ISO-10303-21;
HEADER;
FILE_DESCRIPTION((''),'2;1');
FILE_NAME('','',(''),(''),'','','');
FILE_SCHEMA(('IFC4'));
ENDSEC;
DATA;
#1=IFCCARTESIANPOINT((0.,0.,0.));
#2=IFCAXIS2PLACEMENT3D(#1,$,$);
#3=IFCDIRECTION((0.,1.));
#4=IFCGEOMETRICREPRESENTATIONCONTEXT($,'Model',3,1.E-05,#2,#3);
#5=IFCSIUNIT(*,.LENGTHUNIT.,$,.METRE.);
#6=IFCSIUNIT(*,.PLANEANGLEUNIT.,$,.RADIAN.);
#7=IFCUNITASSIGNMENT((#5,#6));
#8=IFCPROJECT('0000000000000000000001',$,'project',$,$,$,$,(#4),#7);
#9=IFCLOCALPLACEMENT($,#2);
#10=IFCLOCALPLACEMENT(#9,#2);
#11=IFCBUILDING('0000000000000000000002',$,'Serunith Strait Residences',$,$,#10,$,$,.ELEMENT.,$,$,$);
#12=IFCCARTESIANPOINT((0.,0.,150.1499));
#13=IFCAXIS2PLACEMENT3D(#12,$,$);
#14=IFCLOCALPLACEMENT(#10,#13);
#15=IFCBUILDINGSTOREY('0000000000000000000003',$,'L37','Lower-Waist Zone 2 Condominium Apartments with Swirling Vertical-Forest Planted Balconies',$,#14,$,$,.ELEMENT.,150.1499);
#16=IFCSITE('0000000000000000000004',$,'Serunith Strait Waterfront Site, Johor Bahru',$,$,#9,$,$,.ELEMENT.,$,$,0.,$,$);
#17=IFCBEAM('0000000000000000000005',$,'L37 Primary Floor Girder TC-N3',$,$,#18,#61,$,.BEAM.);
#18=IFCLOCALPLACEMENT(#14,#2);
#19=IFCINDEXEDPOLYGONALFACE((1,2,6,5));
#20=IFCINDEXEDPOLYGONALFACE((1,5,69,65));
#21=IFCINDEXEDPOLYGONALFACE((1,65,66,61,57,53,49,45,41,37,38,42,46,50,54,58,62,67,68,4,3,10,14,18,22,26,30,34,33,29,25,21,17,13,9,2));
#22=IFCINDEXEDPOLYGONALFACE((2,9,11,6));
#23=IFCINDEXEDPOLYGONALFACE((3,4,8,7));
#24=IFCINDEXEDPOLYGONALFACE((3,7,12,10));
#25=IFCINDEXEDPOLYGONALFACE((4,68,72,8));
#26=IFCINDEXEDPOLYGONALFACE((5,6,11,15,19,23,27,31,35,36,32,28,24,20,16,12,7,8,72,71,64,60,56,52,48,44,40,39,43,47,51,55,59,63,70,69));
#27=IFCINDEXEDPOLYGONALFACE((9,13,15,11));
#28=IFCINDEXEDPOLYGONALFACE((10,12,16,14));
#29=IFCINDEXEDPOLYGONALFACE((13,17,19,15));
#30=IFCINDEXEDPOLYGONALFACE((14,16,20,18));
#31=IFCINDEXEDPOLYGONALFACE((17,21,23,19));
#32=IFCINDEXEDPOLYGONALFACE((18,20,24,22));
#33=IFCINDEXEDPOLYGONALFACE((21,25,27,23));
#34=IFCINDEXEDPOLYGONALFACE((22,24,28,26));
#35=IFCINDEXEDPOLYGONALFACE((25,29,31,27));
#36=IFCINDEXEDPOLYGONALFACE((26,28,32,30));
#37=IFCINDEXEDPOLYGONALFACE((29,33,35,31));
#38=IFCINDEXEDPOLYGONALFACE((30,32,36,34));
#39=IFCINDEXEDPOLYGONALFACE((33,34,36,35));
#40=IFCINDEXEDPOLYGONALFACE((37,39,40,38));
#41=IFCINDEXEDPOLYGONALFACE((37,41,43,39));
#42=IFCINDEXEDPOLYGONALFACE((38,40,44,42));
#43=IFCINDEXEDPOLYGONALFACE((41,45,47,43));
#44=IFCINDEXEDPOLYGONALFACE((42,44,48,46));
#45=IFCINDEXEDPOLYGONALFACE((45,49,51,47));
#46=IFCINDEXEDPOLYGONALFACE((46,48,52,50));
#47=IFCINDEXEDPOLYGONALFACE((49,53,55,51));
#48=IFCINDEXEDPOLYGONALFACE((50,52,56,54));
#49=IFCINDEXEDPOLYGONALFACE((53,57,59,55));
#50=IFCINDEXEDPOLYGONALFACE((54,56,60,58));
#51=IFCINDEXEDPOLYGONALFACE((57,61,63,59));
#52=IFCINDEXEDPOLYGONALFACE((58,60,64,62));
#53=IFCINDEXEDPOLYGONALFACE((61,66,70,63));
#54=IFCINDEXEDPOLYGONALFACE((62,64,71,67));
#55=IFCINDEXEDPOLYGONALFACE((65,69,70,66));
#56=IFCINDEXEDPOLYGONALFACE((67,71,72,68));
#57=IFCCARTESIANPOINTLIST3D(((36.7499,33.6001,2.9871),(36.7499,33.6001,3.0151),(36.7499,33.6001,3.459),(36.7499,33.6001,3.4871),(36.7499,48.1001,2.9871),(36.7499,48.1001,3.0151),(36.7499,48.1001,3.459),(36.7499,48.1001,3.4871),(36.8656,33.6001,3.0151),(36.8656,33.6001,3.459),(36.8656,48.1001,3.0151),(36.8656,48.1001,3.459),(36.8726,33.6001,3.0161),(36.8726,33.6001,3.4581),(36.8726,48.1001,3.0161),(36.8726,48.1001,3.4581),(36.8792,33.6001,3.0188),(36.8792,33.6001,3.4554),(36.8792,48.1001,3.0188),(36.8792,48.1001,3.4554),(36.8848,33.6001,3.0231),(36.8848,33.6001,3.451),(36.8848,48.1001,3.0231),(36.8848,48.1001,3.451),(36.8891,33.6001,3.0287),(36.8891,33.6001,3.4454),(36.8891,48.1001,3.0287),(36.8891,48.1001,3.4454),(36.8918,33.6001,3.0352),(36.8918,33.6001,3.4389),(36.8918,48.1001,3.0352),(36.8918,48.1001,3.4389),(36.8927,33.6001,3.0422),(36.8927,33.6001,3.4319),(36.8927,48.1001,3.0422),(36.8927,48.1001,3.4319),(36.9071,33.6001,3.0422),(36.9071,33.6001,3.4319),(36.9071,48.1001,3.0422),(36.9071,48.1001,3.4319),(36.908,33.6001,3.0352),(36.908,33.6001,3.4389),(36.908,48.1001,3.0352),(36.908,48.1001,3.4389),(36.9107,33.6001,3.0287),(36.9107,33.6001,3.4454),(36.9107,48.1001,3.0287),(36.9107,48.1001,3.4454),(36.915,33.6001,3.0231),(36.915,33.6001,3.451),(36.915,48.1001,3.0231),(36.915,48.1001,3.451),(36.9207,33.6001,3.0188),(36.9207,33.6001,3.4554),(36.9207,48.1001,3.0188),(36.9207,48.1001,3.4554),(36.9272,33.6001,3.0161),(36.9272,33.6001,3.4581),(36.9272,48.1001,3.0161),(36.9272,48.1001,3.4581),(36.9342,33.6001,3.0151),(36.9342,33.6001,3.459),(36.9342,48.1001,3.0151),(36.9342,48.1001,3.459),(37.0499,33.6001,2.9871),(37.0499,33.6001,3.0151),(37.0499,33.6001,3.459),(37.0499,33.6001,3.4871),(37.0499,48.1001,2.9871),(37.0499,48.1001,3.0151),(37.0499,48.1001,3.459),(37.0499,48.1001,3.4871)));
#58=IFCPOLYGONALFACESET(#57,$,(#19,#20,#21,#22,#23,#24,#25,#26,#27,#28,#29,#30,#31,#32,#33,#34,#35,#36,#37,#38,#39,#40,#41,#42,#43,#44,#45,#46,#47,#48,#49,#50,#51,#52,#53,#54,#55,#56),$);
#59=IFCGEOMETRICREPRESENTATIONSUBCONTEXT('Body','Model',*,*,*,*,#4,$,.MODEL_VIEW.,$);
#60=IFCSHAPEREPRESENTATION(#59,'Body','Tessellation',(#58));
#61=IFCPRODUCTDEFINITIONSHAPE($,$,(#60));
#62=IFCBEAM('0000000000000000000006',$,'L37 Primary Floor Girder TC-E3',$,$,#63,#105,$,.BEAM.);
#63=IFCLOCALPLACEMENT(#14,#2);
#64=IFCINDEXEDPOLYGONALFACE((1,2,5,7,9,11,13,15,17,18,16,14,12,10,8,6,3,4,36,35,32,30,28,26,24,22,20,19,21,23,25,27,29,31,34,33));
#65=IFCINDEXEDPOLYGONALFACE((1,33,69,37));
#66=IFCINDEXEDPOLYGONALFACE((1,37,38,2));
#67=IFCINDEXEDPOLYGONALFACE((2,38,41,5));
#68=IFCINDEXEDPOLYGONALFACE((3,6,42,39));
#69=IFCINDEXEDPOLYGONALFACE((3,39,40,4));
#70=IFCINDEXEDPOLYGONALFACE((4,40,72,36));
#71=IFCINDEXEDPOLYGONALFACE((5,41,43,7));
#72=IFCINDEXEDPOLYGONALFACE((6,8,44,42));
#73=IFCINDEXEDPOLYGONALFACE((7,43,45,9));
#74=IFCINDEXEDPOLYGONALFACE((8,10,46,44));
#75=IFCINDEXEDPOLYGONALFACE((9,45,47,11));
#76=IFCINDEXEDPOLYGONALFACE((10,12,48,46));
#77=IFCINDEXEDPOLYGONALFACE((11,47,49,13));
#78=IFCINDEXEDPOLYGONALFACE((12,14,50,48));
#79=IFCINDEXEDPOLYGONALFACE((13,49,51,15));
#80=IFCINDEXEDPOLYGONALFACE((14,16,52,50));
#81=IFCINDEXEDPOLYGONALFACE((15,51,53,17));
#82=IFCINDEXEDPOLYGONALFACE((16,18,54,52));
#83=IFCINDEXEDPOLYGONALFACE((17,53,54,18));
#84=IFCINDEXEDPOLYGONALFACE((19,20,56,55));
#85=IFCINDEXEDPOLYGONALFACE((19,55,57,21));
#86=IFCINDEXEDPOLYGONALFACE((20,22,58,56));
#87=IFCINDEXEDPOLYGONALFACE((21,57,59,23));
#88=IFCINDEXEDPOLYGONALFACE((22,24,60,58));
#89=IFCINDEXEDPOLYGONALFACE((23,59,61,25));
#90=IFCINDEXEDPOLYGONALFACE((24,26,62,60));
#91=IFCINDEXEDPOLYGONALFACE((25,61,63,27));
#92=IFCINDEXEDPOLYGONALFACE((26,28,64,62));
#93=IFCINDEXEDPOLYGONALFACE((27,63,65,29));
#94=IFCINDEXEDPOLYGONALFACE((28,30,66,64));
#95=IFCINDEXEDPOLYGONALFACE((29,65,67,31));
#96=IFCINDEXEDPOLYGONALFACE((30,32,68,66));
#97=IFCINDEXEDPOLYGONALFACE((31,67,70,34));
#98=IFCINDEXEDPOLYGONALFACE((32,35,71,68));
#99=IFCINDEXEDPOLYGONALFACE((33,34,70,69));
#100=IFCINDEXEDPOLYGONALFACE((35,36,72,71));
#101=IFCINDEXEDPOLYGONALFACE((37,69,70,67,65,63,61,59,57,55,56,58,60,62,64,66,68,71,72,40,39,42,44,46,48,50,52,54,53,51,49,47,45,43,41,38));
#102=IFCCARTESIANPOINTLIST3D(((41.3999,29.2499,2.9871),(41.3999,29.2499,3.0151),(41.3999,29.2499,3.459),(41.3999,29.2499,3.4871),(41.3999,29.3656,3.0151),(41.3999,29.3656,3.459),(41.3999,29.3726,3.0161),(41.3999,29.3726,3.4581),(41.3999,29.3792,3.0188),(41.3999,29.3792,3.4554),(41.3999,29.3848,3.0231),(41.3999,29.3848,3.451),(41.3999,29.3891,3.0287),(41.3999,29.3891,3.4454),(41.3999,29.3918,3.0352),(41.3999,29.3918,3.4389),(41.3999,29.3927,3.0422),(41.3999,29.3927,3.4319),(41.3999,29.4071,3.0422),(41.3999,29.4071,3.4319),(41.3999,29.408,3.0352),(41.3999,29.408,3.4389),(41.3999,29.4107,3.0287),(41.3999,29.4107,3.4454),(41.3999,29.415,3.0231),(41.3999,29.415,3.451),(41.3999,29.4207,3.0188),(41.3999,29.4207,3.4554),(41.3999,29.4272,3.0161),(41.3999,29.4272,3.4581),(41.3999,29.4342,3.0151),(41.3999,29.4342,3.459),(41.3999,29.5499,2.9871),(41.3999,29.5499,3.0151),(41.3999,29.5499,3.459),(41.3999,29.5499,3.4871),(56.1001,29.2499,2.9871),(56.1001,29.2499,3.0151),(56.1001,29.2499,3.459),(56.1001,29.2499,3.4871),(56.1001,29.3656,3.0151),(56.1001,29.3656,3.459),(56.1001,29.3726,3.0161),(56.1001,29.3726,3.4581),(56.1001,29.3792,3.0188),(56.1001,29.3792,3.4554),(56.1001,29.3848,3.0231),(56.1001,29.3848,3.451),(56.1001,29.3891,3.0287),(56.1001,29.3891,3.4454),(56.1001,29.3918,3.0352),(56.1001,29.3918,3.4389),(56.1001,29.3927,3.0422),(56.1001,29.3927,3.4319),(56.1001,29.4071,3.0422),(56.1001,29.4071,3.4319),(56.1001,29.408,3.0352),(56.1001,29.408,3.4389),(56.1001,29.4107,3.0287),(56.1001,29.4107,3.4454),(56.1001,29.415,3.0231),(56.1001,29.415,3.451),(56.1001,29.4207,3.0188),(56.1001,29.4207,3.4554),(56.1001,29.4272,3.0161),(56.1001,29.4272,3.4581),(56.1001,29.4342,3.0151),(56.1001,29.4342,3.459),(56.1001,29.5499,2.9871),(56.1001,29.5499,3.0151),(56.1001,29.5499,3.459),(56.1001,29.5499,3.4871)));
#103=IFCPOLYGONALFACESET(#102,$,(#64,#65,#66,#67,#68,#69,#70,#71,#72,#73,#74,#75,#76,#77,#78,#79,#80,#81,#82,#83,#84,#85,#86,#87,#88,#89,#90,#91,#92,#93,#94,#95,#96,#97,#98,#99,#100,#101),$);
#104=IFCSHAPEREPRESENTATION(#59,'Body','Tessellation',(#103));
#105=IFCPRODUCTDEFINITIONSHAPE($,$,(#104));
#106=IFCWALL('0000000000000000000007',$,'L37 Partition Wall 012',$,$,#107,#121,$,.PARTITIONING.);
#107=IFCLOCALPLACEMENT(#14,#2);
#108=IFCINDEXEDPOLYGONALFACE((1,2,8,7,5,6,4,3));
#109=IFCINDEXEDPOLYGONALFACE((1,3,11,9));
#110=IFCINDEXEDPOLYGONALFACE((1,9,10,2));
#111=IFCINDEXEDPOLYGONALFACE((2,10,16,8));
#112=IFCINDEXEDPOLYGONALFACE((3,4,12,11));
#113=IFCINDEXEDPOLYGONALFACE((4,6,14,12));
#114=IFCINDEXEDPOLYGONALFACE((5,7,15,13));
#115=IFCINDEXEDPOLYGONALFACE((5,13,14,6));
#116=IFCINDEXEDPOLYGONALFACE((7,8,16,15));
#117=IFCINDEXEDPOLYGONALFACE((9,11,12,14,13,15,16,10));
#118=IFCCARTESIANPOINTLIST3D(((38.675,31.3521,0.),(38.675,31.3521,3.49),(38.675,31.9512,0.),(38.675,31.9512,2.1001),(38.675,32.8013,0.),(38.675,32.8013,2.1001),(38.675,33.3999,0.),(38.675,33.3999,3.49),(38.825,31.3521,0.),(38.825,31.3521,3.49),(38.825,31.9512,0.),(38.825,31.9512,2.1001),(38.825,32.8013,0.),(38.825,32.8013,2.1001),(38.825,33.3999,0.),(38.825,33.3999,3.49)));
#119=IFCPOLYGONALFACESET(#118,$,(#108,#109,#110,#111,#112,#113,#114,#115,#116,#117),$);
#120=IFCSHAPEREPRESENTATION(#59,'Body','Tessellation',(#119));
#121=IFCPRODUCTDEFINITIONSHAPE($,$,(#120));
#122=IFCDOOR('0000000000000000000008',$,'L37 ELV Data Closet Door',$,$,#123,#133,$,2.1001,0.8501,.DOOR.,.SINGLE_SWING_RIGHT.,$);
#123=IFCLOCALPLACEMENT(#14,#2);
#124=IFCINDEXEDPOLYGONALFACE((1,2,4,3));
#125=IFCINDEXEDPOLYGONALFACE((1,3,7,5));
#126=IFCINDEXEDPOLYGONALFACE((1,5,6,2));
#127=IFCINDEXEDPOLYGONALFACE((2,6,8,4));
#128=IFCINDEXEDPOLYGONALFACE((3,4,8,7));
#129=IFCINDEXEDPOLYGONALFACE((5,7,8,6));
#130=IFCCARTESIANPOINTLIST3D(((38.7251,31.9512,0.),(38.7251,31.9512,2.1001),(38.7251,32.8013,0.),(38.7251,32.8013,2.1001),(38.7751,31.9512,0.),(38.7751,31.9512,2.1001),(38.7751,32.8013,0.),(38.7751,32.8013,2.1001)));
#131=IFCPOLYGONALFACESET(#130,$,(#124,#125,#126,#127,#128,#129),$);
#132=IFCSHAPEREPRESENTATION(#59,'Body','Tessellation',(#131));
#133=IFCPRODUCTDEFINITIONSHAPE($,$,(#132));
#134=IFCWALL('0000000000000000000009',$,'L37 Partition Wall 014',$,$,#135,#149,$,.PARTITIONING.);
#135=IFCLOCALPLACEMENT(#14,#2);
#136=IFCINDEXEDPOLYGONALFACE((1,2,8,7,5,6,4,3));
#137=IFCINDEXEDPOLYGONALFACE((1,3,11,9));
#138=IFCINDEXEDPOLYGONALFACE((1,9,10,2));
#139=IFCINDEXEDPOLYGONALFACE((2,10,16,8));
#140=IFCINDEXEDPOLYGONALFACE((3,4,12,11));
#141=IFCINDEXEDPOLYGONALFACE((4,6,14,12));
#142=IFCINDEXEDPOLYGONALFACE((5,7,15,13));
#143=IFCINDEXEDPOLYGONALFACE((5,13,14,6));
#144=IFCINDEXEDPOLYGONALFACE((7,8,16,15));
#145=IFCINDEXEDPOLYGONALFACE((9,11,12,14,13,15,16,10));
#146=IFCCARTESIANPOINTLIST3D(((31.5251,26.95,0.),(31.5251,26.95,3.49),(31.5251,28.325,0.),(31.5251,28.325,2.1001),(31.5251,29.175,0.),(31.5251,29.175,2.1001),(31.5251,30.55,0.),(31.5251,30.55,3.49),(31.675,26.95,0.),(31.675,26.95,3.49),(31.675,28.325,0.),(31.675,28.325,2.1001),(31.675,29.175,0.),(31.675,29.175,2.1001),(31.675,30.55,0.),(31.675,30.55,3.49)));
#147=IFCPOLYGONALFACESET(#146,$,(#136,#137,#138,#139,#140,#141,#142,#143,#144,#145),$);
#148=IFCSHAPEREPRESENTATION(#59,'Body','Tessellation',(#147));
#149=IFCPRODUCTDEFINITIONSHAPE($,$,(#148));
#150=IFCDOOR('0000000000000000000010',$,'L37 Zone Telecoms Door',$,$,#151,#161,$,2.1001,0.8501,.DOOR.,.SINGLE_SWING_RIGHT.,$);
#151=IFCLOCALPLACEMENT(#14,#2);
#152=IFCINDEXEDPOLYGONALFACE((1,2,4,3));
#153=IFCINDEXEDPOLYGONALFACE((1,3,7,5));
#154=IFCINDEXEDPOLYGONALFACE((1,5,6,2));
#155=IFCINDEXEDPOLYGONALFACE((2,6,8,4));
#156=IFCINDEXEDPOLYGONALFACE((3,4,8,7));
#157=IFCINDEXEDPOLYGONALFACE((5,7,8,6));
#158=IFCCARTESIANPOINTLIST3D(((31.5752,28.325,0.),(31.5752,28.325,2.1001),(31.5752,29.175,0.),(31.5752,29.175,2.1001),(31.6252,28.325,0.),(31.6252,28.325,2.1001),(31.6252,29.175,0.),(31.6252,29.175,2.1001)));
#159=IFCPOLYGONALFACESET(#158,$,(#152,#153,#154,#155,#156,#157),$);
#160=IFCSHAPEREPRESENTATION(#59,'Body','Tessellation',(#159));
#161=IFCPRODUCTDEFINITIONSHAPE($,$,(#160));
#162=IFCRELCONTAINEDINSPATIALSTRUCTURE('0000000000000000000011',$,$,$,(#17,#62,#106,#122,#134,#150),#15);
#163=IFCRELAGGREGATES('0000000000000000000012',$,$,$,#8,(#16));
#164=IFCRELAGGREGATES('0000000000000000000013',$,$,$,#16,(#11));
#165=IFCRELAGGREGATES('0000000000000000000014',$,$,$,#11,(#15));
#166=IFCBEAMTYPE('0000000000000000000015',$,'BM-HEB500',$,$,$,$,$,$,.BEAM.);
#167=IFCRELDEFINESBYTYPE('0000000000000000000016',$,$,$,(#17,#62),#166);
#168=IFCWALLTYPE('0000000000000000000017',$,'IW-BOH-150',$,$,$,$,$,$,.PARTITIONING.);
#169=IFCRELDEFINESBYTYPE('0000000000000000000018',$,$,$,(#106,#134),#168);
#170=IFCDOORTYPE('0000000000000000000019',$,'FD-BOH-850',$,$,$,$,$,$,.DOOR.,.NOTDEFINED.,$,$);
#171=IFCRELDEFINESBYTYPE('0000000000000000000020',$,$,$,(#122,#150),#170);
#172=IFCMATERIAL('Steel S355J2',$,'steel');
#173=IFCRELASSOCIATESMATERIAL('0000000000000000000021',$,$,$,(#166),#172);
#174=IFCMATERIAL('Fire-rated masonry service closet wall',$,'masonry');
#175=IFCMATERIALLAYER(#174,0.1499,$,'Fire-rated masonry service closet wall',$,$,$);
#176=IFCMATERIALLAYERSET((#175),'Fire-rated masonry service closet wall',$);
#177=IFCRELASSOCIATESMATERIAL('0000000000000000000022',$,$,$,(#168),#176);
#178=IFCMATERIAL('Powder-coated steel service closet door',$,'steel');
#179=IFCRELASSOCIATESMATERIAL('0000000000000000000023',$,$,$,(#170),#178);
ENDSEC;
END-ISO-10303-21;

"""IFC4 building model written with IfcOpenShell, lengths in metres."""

from ifc_helpers import new_model, si_unit, direction, frame, frame_2d, origin, origin_2d, place, context, subcontext, project, spatial, rectangle, i_section, extrude, source, transform, mapped, material, layer, layer_set, material_profile, profile_set, type_object, element, fill, save


model = new_model("IFC4")

# Units and contexts
model_context = context("Model", 3, precision=1e-05, world=origin(), true_north=direction((0.0, 1.0)))
body_context = subcontext(model_context, "Body", "Model", "MODEL_VIEW")
ifc_project = project(units=[si_unit("LENGTHUNIT", "METRE"), si_unit("PLANEANGLEUNIT", "RADIAN")], contexts=[model_context])

# Site, building, storey
site_placement = place(None, origin())
site = spatial("IfcSite", under=ifc_project, at=site_placement, Name="Serunith Strait Waterfront Site, Johor Bahru", CompositionType="ELEMENT", RefElevation=0.0)
building_placement = place(site_placement, origin())
building = spatial("IfcBuilding", under=site, at=building_placement, Name="Serunith Strait Residences", CompositionType="ELEMENT")
storey_placement = place(building_placement, frame((0.0, 0.0, 150.1499)))
storey = spatial("IfcBuildingStorey", under=building, at=storey_placement, Name="L37", Description="Lower-Waist Zone 2 Condominium Apartments with Swirling Vertical-Forest Planted Balconies", CompositionType="ELEMENT", Elevation=150.1499)

# Beams
ifc_material_1 = material(Name="Steel S355J2", Category="steel")
ifc_material_profile = material_profile(ifc_material_1, i_section(OverallWidth=0.3, OverallDepth=0.5, WebThickness=0.0144, FlangeThickness=0.0281, FilletRadius=0.0271, at=origin_2d()), Name="HEB 500")
ifc_profile_set = profile_set([ifc_material_profile], Name="Steel S355J2")
beam_type = type_object("IfcBeamType", Name="BM-HEB500", PredefinedType="BEAM", material=ifc_profile_set)
shared_shape_1 = source(origin(), body_context, "Body", "SweptSolid", [
    extrude(i_section(OverallWidth=0.3, OverallDepth=0.5, WebThickness=0.0144, FlangeThickness=0.0281, FilletRadius=0.0271, at=origin_2d()), origin(), (0.0, 0.0, 1.0), 14.5),
])
beam_1_placement = place(storey_placement, frame((36.8999, 33.6001, 3.2371), z_axis=(0.0, 1.0, 0.0), x_axis=(-1.0, 0.0, 0.0)))
element("IfcBeam", 1, at=beam_1_placement, inside=storey, type_object=beam_type, Name="L37 Primary Floor Girder TC-N3", PredefinedType="BEAM", context=body_context, shape_type="MappedRepresentation", body=[
    mapped(shared_shape_1, transform((0.0, 0.0, 0.0), scale=1.0)),
])
shared_shape_2 = source(origin(), body_context, "Body", "SweptSolid", [
    extrude(i_section(OverallWidth=0.3, OverallDepth=0.5, WebThickness=0.0144, FlangeThickness=0.0281, FilletRadius=0.0271, at=origin_2d()), origin(), (0.0, 0.0, 1.0), 14.7002),
])
beam_2_placement = place(storey_placement, frame((41.3999, 29.3999, 3.2371), z_axis=(1.0, 0.0, 0.0), x_axis=(0.0, 1.0, 0.0)))
element("IfcBeam", 2, at=beam_2_placement, inside=storey, type_object=beam_type, Name="L37 Primary Floor Girder TC-E3", PredefinedType="BEAM", context=body_context, shape_type="MappedRepresentation", body=[
    mapped(shared_shape_2, transform((0.0, 0.0, 0.0), scale=1.0)),
])

# Walls, openings, doors
ifc_material_2 = material(Name="Fire-rated masonry service closet wall", Category="masonry")
ifc_layer_1 = layer(ifc_material_2, 0.1499, Name="Fire-rated masonry service closet wall")
ifc_layer_set_1 = layer_set([ifc_layer_1], Name="Fire-rated masonry service closet wall")
wall_type_1 = type_object("IfcWallType", Name="IW-BOH-150", PredefinedType="PARTITIONING", material=ifc_layer_set_1)
wall_1_placement = place(storey_placement, frame((38.75, 31.3521, 0.0), z_axis=(0.0, 0.0, 1.0), x_axis=(0.0, 1.0, 0.0)))
wall_1 = element("IfcWall", 3, at=wall_1_placement, inside=storey, type_object=wall_type_1, Name="L37 Partition Wall 012", PredefinedType="PARTITIONING", context=body_context, shape_type="SweptSolid", body=[
    extrude(rectangle(XDim=2.0479, YDim=0.1499, at=frame_2d((1.0239, 0.0))), origin(), (0.0, 0.0, 1.0), 3.49),
])
opening_1_placement = place(wall_1_placement, frame((0.5991, 0.0, 0.0)))
opening_1 = element("IfcOpeningElement", 4, at=opening_1_placement, cuts=wall_1, PredefinedType="OPENING", context=body_context, shape_type="SweptSolid", body=[
    extrude(rectangle(XDim=0.8501, YDim=2.1001, at=frame_2d((0.425, 1.05))), frame((0.0, 0.085, 0.0), z_axis=(0.0, -1.0, 0.0), x_axis=(1.0, 0.0, 0.0)), (0.0, 0.0, 1.0), 0.1699),
])
ifc_material_3 = material(Name="Powder-coated steel service closet door", Category="steel")
door_type_1 = type_object("IfcDoorType", Name="FD-BOH-850", OperationType="NOTDEFINED", PredefinedType="DOOR", material=ifc_material_3)
shared_shape_3 = source(origin(), body_context, "Body", "SweptSolid", [
    extrude(rectangle(XDim=0.8501, YDim=2.1001, at=frame_2d((0.425, 1.05))), frame((0.0, 0.0249, 0.0), z_axis=(0.0, -1.0, 0.0), x_axis=(1.0, 0.0, 0.0)), (0.0, 0.0, 1.0), 0.05),
])
door_1_placement = place(opening_1_placement, origin())
door_1 = element("IfcDoor", 5, at=door_1_placement, inside=storey, type_object=door_type_1, Name="L37 ELV Data Closet Door", OperationType="SINGLE_SWING_RIGHT", OverallHeight=2.1001, OverallWidth=0.8501, PredefinedType="DOOR", context=body_context, shape_type="MappedRepresentation", body=[
    mapped(shared_shape_3, transform((0.0, 0.0, 0.0), scale=1.0)),
])
fill(opening_1, door_1)
wall_2_placement = place(storey_placement, frame((31.6001, 26.95, 0.0), z_axis=(0.0, 0.0, 1.0), x_axis=(0.0, 1.0, 0.0)))
wall_2 = element("IfcWall", 6, at=wall_2_placement, inside=storey, type_object=wall_type_1, Name="L37 Partition Wall 014", PredefinedType="PARTITIONING", context=body_context, shape_type="SweptSolid", body=[
    extrude(rectangle(XDim=3.6001, YDim=0.1499, at=frame_2d((1.8, 0.0))), origin(), (0.0, 0.0, 1.0), 3.49),
])
opening_2_placement = place(wall_2_placement, frame((1.375, 0.0, 0.0)))
opening_2 = element("IfcOpeningElement", 7, at=opening_2_placement, cuts=wall_2, PredefinedType="OPENING", context=body_context, shape_type="SweptSolid", body=[
    extrude(rectangle(XDim=0.8501, YDim=2.1001, at=frame_2d((0.425, 1.05))), frame((0.0, 0.085, 0.0), z_axis=(0.0, -1.0, 0.0), x_axis=(1.0, 0.0, 0.0)), (0.0, 0.0, 1.0), 0.1699),
])
door_2_placement = place(opening_2_placement, origin())
door_2 = element("IfcDoor", 8, at=door_2_placement, inside=storey, type_object=door_type_1, Name="L37 Zone Telecoms Door", OperationType="SINGLE_SWING_RIGHT", OverallHeight=2.1001, OverallWidth=0.8501, PredefinedType="DOOR", context=body_context, shape_type="MappedRepresentation", body=[
    mapped(shared_shape_3, transform((0.0, 0.0, 0.0), scale=1.0)),
])
fill(opening_2, door_2)

save(model, "model.ifc")
